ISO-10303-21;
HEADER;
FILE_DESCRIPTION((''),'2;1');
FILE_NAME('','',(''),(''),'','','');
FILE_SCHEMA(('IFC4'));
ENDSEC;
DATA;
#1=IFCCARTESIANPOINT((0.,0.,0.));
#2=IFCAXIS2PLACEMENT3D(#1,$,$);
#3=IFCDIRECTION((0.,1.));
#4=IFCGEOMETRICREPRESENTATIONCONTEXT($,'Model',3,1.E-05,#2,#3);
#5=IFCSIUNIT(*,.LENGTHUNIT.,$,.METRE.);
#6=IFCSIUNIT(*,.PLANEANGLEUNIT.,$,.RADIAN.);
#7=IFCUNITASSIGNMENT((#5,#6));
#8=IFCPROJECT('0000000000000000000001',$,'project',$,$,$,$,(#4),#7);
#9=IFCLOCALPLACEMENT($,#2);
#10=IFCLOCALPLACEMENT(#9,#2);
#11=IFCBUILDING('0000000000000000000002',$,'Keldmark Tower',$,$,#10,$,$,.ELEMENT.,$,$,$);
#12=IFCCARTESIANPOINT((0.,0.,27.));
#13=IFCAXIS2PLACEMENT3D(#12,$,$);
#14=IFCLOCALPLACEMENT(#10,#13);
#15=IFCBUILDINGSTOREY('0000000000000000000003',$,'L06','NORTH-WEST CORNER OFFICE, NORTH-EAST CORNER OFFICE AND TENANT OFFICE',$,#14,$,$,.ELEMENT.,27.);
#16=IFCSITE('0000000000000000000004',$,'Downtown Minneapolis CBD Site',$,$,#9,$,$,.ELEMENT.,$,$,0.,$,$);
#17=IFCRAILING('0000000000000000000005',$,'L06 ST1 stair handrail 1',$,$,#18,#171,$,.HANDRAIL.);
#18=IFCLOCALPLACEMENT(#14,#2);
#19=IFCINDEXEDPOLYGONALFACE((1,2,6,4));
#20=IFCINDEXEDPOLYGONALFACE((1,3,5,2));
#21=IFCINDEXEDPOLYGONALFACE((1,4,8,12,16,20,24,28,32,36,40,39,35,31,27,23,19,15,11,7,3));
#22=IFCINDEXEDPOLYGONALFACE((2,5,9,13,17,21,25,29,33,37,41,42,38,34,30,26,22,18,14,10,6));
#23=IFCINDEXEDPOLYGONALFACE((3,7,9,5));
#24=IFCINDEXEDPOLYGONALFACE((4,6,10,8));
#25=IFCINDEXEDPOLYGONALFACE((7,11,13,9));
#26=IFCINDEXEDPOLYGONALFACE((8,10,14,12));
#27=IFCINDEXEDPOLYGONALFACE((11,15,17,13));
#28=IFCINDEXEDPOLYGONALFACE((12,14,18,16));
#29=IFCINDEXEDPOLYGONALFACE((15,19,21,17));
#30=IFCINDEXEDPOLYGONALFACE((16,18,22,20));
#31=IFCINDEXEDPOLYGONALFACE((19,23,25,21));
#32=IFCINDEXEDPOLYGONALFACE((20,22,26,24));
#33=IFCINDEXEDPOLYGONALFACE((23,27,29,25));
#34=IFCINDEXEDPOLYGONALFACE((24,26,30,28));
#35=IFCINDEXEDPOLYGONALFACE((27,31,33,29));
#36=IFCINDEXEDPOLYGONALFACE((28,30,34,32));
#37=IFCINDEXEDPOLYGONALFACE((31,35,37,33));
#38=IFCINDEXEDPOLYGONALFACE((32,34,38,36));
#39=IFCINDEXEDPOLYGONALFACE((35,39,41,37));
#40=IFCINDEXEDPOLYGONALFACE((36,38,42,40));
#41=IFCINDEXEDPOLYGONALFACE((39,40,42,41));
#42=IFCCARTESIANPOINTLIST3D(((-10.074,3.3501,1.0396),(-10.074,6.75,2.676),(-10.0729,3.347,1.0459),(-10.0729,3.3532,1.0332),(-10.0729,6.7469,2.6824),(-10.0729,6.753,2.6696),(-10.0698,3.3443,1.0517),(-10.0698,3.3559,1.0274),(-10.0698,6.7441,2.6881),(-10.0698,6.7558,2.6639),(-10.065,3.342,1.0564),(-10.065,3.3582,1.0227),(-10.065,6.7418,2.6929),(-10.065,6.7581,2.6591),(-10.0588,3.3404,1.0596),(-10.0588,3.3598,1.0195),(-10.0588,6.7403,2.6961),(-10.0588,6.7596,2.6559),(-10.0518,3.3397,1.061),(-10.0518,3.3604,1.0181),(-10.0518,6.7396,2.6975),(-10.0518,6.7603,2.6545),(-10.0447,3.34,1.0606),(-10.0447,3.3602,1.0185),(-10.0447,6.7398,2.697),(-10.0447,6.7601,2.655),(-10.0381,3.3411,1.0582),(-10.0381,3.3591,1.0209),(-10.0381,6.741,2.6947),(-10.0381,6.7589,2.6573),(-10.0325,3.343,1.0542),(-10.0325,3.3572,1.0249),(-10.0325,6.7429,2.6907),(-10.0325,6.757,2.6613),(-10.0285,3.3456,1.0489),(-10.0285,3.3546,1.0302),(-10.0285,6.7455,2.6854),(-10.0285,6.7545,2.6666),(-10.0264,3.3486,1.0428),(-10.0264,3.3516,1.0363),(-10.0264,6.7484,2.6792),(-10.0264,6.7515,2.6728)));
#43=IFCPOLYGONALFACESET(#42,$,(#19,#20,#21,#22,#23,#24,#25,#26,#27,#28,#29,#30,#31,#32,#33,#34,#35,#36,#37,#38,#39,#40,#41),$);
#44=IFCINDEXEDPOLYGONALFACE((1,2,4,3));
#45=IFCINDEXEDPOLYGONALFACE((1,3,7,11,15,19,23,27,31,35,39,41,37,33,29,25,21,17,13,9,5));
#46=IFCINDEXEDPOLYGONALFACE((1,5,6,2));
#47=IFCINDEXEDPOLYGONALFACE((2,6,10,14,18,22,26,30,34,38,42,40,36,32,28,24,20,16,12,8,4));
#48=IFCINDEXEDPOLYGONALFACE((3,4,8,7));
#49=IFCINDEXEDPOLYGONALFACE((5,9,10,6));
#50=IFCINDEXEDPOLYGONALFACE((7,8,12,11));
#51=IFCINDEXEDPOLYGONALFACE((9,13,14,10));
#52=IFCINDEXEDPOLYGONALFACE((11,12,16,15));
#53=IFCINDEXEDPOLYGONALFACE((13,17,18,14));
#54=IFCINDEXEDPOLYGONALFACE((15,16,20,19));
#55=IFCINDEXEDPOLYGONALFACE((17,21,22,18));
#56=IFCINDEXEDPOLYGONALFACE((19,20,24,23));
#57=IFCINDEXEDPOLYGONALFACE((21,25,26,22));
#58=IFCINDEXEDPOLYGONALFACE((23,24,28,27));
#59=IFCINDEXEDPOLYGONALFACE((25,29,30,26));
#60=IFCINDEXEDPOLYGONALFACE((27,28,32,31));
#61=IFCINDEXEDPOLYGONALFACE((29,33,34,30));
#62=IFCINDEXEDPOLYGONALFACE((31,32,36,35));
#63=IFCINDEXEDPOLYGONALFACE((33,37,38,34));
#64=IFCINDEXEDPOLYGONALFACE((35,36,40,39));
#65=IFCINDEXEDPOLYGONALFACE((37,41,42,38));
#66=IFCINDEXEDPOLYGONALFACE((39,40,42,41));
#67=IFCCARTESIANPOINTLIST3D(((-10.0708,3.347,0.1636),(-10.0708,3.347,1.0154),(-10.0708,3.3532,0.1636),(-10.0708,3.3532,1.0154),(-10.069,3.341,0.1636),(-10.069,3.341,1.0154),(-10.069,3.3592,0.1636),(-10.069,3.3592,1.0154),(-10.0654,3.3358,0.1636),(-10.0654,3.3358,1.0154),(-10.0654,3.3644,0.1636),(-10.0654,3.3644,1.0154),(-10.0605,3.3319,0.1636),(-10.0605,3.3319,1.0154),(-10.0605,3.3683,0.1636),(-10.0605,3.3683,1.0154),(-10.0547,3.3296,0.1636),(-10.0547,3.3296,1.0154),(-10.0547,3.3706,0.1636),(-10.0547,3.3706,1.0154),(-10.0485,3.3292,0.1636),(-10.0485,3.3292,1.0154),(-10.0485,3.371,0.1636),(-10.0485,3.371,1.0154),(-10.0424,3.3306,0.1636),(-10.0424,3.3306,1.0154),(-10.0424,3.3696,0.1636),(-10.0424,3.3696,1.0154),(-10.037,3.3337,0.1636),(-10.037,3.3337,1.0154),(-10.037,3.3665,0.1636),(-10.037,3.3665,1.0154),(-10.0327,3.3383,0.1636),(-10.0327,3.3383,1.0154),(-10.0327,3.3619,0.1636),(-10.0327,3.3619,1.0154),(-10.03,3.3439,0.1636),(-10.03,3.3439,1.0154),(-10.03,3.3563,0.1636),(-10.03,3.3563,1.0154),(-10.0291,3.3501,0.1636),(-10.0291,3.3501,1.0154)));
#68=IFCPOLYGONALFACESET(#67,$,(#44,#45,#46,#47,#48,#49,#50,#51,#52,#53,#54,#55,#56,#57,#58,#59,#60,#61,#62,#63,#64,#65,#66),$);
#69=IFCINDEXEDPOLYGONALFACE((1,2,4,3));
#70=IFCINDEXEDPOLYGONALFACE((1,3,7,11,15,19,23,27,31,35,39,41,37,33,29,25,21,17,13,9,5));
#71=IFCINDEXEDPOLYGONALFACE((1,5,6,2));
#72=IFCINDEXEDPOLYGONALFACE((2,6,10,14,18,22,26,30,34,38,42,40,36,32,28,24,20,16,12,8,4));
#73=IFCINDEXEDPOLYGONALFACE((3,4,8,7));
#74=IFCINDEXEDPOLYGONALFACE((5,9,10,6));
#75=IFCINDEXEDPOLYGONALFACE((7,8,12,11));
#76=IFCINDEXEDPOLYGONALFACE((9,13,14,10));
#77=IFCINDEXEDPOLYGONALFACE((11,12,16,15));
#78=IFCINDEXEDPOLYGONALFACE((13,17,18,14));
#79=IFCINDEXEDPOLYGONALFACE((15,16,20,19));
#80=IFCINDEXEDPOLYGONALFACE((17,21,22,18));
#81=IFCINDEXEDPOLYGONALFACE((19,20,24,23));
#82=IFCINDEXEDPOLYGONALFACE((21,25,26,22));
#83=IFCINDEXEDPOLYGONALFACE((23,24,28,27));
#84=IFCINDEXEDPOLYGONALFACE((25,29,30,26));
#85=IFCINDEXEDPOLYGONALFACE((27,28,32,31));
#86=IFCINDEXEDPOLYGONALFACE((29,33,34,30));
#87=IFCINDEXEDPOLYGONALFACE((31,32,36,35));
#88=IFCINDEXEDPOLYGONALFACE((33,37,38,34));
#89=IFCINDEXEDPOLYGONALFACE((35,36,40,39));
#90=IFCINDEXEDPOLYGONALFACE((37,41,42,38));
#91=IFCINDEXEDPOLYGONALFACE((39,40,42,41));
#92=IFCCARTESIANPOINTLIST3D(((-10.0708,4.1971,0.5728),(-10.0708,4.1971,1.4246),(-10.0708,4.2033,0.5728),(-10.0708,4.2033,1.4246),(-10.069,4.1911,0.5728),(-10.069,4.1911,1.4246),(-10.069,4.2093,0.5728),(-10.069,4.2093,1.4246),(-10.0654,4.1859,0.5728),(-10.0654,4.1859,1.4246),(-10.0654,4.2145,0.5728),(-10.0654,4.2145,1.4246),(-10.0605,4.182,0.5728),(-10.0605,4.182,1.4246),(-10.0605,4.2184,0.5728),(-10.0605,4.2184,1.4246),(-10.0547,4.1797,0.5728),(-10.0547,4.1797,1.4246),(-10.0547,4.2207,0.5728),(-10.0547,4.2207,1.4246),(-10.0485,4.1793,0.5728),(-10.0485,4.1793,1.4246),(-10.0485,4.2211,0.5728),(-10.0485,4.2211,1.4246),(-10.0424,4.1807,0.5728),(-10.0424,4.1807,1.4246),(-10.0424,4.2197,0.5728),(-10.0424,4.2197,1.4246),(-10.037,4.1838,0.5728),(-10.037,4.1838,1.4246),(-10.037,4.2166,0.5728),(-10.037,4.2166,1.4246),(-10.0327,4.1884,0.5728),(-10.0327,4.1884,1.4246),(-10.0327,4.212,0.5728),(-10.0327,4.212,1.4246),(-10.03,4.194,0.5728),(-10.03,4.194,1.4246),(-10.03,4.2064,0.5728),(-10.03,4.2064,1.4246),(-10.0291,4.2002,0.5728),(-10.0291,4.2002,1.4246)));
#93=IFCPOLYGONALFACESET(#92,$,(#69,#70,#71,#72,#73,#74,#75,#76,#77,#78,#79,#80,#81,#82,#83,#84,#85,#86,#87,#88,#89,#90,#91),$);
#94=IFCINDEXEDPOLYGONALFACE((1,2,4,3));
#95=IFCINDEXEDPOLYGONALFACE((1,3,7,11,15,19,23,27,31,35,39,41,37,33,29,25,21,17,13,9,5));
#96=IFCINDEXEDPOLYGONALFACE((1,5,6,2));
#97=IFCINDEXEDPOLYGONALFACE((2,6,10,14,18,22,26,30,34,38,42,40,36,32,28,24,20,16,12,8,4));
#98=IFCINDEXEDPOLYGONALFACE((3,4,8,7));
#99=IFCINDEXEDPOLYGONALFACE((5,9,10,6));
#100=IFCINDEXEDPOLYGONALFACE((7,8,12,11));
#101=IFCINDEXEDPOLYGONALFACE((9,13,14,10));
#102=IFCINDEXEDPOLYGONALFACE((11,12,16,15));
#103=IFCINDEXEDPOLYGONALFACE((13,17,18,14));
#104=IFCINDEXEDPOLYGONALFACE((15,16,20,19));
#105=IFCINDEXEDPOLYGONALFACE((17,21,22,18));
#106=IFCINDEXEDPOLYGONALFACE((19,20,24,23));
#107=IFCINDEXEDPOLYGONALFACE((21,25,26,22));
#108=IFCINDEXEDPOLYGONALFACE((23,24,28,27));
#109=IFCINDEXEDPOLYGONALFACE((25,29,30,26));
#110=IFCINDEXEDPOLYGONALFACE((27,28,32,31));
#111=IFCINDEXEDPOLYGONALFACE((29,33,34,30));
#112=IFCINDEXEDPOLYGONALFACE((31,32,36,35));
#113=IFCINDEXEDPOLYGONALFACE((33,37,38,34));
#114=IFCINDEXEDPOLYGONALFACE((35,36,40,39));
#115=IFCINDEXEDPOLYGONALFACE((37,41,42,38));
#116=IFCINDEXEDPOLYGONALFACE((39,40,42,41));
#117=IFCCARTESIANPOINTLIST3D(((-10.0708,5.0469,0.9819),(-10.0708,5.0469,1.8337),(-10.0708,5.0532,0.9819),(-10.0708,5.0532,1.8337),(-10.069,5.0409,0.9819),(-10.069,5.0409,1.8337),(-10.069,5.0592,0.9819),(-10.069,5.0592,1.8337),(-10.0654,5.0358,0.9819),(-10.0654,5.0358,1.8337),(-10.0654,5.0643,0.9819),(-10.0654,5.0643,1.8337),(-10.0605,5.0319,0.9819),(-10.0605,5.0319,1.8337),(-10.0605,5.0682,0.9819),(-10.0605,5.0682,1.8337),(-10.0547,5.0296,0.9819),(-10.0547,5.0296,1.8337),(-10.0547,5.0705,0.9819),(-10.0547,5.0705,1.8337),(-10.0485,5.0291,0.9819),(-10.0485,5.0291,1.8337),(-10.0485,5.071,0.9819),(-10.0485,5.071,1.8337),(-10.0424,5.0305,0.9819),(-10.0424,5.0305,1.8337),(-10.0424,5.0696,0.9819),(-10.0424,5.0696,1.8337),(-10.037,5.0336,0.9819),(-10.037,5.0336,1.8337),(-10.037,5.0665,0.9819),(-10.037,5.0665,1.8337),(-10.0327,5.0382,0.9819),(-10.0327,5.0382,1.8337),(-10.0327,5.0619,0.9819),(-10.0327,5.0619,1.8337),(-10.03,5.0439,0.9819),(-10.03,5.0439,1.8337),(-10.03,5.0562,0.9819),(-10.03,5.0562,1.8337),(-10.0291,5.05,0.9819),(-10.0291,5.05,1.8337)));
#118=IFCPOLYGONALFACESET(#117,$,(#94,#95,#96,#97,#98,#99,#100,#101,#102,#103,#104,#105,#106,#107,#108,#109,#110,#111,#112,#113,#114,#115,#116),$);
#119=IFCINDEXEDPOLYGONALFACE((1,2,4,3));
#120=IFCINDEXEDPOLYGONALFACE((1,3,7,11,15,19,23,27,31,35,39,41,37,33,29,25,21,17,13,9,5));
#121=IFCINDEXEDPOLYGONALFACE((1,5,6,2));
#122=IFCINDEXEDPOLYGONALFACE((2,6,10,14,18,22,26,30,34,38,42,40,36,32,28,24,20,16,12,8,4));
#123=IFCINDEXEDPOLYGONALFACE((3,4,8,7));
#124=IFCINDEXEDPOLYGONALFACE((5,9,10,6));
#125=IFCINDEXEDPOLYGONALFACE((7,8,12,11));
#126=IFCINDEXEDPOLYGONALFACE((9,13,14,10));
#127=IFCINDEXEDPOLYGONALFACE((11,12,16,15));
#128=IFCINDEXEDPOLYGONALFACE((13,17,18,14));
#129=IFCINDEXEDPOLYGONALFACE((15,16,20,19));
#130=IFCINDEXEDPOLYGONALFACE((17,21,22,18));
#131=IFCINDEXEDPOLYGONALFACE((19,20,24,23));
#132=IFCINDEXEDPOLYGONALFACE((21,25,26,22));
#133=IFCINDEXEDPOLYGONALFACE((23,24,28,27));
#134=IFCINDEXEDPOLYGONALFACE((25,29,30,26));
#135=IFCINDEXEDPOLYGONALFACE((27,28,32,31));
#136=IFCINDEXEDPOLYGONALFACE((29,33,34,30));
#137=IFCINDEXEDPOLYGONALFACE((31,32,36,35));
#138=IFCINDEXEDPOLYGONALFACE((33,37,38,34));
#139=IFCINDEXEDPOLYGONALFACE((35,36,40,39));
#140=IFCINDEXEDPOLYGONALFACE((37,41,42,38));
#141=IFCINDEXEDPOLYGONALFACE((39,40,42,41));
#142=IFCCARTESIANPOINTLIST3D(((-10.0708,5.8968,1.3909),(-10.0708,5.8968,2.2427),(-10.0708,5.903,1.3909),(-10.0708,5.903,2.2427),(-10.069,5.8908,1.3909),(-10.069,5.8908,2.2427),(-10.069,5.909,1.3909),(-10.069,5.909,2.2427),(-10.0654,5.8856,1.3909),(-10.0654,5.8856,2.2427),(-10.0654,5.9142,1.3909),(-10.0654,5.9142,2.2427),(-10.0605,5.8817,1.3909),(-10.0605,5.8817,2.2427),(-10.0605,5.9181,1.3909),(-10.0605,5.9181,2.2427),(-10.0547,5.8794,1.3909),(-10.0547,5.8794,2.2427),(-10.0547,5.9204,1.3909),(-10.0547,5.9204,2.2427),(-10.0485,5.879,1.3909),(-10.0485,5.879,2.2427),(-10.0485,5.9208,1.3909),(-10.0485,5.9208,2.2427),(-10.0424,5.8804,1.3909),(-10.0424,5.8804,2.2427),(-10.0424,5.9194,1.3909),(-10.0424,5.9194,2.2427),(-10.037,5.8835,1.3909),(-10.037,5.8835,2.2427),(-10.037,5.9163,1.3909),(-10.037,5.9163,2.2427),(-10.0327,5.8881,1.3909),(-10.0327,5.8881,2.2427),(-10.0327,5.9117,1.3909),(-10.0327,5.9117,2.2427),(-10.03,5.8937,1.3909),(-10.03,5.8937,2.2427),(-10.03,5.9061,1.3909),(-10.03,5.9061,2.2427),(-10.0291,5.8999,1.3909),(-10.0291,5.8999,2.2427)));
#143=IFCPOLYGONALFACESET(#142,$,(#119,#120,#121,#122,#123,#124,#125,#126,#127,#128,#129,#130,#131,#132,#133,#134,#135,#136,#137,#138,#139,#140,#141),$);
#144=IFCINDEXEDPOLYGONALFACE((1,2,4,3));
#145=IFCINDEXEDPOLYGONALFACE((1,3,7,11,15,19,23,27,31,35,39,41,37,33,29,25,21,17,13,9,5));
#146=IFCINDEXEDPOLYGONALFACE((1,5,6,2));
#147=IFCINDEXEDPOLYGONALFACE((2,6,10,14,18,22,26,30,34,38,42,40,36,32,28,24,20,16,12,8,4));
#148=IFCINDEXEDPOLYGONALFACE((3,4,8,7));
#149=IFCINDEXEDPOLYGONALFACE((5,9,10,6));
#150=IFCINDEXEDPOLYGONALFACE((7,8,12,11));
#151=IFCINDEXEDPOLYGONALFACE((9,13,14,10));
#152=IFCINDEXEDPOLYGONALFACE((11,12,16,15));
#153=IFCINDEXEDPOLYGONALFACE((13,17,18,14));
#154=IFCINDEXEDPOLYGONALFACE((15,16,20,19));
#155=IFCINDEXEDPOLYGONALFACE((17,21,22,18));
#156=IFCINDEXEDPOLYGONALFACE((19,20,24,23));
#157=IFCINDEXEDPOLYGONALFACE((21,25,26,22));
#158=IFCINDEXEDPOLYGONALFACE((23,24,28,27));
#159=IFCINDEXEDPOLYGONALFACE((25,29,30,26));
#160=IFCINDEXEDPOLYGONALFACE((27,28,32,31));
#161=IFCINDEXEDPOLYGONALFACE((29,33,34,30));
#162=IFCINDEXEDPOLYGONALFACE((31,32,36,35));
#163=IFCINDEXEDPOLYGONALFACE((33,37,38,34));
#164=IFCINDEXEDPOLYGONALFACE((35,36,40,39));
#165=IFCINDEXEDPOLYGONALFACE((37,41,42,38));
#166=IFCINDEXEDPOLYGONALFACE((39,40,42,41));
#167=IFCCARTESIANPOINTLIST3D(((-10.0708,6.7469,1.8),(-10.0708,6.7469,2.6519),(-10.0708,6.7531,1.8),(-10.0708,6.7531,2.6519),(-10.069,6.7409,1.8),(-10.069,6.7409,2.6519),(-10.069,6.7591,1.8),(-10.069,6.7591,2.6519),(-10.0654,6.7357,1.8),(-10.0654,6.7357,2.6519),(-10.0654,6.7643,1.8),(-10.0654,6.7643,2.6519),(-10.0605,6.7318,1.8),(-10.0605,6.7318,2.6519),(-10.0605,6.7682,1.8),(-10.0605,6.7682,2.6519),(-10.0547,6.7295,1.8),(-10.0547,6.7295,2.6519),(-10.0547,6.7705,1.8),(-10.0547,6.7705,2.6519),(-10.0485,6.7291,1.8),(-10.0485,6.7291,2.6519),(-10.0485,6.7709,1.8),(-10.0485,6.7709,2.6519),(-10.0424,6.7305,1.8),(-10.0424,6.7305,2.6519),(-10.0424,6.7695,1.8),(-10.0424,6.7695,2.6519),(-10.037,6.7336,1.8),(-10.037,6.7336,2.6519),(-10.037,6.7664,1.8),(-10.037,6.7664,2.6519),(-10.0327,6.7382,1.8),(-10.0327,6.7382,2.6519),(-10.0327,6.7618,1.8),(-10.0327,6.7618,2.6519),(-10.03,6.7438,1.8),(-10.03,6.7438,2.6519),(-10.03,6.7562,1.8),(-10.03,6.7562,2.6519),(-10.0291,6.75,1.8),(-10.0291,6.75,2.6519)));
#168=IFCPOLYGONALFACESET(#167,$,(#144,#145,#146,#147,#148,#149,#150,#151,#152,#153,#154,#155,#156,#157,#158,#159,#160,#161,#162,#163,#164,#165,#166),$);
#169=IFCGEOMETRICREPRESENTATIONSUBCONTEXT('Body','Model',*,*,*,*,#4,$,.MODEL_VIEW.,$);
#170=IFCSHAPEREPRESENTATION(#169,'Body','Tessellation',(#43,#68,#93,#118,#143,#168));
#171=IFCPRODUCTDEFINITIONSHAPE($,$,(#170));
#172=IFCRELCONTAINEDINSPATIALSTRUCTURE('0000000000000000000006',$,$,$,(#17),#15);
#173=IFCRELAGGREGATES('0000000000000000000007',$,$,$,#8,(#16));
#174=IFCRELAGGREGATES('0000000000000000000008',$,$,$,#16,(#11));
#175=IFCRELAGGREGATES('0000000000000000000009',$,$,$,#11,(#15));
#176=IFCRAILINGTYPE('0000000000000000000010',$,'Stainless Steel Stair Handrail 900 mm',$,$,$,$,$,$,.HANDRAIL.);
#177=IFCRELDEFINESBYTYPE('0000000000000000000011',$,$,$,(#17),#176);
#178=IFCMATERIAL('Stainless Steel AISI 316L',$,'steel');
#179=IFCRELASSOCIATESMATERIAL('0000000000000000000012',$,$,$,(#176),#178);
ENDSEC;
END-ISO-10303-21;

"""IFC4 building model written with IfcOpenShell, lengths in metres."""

from ifc_helpers import new_model, si_unit, direction, frame, origin, origin_2d, place, context, subcontext, project, spatial, circle, extrude, material, type_object, element, save


model = new_model("IFC4")

# Units and contexts
model_context = context("Model", 3, precision=1e-05, world=origin(), true_north=direction((0.0, 1.0)))
body_context = subcontext(model_context, "Body", "Model", "MODEL_VIEW")
ifc_project = project(units=[si_unit("LENGTHUNIT", "METRE"), si_unit("PLANEANGLEUNIT", "RADIAN")], contexts=[model_context])

# Site, building, storey
site_placement = place(None, origin())
site = spatial("IfcSite", under=ifc_project, at=site_placement, Name="Downtown Minneapolis CBD Site", CompositionType="ELEMENT", RefElevation=0.0)
building_placement = place(site_placement, origin())
building = spatial("IfcBuilding", under=site, at=building_placement, Name="Keldmark Tower", CompositionType="ELEMENT")
storey_placement = place(building_placement, frame((0.0, 0.0, 27.0)))
storey = spatial("IfcBuildingStorey", under=building, at=storey_placement, Name="L06", Description="NORTH-WEST CORNER OFFICE, NORTH-EAST CORNER OFFICE AND TENANT OFFICE", CompositionType="ELEMENT", Elevation=27.0)

# Railing
ifc_material_1 = material(Name="Stainless Steel AISI 316L", Category="steel")
railing_type_1 = type_object("IfcRailingType", Name="Stainless Steel Stair Handrail 900 mm", PredefinedType="HANDRAIL", material=ifc_material_1)
railing_1_placement = place(storey_placement, frame((-10.05, 3.3501, 0.1636)))
element("IfcRailing", 1, at=railing_1_placement, inside=storey, type_object=railing_type_1, Name="L06 ST1 stair handrail 1", PredefinedType="HANDRAIL", context=body_context, shape_type="SweptSolid", body=[
    extrude(circle(Radius=0.0239, at=origin_2d()), frame((0.0, 0.0, 0.876), z_axis=(0.0, 0.901055, 0.433705), x_axis=(-1.0, 0.0, 0.0)), (0.0, 0.0, 1.0), 3.7732),
    extrude(circle(Radius=0.021, at=origin_2d()), origin(), (0.0, 0.0, 1.0), 0.8518),
    extrude(circle(Radius=0.021, at=origin_2d()), frame((0.0, 0.8501, 0.4092)), (0.0, 0.0, 1.0), 0.8518),
    extrude(circle(Radius=0.021, at=origin_2d()), frame((0.0, 1.7, 0.8184)), (0.0, 0.0, 1.0), 0.8518),
    extrude(circle(Radius=0.021, at=origin_2d()), frame((0.0, 2.5498, 1.2273)), (0.0, 0.0, 1.0), 0.8518),
    extrude(circle(Radius=0.021, at=origin_2d()), frame((0.0, 3.3999, 1.6365)), (0.0, 0.0, 1.0), 0.8518),
])

save(model, "model.ifc")
